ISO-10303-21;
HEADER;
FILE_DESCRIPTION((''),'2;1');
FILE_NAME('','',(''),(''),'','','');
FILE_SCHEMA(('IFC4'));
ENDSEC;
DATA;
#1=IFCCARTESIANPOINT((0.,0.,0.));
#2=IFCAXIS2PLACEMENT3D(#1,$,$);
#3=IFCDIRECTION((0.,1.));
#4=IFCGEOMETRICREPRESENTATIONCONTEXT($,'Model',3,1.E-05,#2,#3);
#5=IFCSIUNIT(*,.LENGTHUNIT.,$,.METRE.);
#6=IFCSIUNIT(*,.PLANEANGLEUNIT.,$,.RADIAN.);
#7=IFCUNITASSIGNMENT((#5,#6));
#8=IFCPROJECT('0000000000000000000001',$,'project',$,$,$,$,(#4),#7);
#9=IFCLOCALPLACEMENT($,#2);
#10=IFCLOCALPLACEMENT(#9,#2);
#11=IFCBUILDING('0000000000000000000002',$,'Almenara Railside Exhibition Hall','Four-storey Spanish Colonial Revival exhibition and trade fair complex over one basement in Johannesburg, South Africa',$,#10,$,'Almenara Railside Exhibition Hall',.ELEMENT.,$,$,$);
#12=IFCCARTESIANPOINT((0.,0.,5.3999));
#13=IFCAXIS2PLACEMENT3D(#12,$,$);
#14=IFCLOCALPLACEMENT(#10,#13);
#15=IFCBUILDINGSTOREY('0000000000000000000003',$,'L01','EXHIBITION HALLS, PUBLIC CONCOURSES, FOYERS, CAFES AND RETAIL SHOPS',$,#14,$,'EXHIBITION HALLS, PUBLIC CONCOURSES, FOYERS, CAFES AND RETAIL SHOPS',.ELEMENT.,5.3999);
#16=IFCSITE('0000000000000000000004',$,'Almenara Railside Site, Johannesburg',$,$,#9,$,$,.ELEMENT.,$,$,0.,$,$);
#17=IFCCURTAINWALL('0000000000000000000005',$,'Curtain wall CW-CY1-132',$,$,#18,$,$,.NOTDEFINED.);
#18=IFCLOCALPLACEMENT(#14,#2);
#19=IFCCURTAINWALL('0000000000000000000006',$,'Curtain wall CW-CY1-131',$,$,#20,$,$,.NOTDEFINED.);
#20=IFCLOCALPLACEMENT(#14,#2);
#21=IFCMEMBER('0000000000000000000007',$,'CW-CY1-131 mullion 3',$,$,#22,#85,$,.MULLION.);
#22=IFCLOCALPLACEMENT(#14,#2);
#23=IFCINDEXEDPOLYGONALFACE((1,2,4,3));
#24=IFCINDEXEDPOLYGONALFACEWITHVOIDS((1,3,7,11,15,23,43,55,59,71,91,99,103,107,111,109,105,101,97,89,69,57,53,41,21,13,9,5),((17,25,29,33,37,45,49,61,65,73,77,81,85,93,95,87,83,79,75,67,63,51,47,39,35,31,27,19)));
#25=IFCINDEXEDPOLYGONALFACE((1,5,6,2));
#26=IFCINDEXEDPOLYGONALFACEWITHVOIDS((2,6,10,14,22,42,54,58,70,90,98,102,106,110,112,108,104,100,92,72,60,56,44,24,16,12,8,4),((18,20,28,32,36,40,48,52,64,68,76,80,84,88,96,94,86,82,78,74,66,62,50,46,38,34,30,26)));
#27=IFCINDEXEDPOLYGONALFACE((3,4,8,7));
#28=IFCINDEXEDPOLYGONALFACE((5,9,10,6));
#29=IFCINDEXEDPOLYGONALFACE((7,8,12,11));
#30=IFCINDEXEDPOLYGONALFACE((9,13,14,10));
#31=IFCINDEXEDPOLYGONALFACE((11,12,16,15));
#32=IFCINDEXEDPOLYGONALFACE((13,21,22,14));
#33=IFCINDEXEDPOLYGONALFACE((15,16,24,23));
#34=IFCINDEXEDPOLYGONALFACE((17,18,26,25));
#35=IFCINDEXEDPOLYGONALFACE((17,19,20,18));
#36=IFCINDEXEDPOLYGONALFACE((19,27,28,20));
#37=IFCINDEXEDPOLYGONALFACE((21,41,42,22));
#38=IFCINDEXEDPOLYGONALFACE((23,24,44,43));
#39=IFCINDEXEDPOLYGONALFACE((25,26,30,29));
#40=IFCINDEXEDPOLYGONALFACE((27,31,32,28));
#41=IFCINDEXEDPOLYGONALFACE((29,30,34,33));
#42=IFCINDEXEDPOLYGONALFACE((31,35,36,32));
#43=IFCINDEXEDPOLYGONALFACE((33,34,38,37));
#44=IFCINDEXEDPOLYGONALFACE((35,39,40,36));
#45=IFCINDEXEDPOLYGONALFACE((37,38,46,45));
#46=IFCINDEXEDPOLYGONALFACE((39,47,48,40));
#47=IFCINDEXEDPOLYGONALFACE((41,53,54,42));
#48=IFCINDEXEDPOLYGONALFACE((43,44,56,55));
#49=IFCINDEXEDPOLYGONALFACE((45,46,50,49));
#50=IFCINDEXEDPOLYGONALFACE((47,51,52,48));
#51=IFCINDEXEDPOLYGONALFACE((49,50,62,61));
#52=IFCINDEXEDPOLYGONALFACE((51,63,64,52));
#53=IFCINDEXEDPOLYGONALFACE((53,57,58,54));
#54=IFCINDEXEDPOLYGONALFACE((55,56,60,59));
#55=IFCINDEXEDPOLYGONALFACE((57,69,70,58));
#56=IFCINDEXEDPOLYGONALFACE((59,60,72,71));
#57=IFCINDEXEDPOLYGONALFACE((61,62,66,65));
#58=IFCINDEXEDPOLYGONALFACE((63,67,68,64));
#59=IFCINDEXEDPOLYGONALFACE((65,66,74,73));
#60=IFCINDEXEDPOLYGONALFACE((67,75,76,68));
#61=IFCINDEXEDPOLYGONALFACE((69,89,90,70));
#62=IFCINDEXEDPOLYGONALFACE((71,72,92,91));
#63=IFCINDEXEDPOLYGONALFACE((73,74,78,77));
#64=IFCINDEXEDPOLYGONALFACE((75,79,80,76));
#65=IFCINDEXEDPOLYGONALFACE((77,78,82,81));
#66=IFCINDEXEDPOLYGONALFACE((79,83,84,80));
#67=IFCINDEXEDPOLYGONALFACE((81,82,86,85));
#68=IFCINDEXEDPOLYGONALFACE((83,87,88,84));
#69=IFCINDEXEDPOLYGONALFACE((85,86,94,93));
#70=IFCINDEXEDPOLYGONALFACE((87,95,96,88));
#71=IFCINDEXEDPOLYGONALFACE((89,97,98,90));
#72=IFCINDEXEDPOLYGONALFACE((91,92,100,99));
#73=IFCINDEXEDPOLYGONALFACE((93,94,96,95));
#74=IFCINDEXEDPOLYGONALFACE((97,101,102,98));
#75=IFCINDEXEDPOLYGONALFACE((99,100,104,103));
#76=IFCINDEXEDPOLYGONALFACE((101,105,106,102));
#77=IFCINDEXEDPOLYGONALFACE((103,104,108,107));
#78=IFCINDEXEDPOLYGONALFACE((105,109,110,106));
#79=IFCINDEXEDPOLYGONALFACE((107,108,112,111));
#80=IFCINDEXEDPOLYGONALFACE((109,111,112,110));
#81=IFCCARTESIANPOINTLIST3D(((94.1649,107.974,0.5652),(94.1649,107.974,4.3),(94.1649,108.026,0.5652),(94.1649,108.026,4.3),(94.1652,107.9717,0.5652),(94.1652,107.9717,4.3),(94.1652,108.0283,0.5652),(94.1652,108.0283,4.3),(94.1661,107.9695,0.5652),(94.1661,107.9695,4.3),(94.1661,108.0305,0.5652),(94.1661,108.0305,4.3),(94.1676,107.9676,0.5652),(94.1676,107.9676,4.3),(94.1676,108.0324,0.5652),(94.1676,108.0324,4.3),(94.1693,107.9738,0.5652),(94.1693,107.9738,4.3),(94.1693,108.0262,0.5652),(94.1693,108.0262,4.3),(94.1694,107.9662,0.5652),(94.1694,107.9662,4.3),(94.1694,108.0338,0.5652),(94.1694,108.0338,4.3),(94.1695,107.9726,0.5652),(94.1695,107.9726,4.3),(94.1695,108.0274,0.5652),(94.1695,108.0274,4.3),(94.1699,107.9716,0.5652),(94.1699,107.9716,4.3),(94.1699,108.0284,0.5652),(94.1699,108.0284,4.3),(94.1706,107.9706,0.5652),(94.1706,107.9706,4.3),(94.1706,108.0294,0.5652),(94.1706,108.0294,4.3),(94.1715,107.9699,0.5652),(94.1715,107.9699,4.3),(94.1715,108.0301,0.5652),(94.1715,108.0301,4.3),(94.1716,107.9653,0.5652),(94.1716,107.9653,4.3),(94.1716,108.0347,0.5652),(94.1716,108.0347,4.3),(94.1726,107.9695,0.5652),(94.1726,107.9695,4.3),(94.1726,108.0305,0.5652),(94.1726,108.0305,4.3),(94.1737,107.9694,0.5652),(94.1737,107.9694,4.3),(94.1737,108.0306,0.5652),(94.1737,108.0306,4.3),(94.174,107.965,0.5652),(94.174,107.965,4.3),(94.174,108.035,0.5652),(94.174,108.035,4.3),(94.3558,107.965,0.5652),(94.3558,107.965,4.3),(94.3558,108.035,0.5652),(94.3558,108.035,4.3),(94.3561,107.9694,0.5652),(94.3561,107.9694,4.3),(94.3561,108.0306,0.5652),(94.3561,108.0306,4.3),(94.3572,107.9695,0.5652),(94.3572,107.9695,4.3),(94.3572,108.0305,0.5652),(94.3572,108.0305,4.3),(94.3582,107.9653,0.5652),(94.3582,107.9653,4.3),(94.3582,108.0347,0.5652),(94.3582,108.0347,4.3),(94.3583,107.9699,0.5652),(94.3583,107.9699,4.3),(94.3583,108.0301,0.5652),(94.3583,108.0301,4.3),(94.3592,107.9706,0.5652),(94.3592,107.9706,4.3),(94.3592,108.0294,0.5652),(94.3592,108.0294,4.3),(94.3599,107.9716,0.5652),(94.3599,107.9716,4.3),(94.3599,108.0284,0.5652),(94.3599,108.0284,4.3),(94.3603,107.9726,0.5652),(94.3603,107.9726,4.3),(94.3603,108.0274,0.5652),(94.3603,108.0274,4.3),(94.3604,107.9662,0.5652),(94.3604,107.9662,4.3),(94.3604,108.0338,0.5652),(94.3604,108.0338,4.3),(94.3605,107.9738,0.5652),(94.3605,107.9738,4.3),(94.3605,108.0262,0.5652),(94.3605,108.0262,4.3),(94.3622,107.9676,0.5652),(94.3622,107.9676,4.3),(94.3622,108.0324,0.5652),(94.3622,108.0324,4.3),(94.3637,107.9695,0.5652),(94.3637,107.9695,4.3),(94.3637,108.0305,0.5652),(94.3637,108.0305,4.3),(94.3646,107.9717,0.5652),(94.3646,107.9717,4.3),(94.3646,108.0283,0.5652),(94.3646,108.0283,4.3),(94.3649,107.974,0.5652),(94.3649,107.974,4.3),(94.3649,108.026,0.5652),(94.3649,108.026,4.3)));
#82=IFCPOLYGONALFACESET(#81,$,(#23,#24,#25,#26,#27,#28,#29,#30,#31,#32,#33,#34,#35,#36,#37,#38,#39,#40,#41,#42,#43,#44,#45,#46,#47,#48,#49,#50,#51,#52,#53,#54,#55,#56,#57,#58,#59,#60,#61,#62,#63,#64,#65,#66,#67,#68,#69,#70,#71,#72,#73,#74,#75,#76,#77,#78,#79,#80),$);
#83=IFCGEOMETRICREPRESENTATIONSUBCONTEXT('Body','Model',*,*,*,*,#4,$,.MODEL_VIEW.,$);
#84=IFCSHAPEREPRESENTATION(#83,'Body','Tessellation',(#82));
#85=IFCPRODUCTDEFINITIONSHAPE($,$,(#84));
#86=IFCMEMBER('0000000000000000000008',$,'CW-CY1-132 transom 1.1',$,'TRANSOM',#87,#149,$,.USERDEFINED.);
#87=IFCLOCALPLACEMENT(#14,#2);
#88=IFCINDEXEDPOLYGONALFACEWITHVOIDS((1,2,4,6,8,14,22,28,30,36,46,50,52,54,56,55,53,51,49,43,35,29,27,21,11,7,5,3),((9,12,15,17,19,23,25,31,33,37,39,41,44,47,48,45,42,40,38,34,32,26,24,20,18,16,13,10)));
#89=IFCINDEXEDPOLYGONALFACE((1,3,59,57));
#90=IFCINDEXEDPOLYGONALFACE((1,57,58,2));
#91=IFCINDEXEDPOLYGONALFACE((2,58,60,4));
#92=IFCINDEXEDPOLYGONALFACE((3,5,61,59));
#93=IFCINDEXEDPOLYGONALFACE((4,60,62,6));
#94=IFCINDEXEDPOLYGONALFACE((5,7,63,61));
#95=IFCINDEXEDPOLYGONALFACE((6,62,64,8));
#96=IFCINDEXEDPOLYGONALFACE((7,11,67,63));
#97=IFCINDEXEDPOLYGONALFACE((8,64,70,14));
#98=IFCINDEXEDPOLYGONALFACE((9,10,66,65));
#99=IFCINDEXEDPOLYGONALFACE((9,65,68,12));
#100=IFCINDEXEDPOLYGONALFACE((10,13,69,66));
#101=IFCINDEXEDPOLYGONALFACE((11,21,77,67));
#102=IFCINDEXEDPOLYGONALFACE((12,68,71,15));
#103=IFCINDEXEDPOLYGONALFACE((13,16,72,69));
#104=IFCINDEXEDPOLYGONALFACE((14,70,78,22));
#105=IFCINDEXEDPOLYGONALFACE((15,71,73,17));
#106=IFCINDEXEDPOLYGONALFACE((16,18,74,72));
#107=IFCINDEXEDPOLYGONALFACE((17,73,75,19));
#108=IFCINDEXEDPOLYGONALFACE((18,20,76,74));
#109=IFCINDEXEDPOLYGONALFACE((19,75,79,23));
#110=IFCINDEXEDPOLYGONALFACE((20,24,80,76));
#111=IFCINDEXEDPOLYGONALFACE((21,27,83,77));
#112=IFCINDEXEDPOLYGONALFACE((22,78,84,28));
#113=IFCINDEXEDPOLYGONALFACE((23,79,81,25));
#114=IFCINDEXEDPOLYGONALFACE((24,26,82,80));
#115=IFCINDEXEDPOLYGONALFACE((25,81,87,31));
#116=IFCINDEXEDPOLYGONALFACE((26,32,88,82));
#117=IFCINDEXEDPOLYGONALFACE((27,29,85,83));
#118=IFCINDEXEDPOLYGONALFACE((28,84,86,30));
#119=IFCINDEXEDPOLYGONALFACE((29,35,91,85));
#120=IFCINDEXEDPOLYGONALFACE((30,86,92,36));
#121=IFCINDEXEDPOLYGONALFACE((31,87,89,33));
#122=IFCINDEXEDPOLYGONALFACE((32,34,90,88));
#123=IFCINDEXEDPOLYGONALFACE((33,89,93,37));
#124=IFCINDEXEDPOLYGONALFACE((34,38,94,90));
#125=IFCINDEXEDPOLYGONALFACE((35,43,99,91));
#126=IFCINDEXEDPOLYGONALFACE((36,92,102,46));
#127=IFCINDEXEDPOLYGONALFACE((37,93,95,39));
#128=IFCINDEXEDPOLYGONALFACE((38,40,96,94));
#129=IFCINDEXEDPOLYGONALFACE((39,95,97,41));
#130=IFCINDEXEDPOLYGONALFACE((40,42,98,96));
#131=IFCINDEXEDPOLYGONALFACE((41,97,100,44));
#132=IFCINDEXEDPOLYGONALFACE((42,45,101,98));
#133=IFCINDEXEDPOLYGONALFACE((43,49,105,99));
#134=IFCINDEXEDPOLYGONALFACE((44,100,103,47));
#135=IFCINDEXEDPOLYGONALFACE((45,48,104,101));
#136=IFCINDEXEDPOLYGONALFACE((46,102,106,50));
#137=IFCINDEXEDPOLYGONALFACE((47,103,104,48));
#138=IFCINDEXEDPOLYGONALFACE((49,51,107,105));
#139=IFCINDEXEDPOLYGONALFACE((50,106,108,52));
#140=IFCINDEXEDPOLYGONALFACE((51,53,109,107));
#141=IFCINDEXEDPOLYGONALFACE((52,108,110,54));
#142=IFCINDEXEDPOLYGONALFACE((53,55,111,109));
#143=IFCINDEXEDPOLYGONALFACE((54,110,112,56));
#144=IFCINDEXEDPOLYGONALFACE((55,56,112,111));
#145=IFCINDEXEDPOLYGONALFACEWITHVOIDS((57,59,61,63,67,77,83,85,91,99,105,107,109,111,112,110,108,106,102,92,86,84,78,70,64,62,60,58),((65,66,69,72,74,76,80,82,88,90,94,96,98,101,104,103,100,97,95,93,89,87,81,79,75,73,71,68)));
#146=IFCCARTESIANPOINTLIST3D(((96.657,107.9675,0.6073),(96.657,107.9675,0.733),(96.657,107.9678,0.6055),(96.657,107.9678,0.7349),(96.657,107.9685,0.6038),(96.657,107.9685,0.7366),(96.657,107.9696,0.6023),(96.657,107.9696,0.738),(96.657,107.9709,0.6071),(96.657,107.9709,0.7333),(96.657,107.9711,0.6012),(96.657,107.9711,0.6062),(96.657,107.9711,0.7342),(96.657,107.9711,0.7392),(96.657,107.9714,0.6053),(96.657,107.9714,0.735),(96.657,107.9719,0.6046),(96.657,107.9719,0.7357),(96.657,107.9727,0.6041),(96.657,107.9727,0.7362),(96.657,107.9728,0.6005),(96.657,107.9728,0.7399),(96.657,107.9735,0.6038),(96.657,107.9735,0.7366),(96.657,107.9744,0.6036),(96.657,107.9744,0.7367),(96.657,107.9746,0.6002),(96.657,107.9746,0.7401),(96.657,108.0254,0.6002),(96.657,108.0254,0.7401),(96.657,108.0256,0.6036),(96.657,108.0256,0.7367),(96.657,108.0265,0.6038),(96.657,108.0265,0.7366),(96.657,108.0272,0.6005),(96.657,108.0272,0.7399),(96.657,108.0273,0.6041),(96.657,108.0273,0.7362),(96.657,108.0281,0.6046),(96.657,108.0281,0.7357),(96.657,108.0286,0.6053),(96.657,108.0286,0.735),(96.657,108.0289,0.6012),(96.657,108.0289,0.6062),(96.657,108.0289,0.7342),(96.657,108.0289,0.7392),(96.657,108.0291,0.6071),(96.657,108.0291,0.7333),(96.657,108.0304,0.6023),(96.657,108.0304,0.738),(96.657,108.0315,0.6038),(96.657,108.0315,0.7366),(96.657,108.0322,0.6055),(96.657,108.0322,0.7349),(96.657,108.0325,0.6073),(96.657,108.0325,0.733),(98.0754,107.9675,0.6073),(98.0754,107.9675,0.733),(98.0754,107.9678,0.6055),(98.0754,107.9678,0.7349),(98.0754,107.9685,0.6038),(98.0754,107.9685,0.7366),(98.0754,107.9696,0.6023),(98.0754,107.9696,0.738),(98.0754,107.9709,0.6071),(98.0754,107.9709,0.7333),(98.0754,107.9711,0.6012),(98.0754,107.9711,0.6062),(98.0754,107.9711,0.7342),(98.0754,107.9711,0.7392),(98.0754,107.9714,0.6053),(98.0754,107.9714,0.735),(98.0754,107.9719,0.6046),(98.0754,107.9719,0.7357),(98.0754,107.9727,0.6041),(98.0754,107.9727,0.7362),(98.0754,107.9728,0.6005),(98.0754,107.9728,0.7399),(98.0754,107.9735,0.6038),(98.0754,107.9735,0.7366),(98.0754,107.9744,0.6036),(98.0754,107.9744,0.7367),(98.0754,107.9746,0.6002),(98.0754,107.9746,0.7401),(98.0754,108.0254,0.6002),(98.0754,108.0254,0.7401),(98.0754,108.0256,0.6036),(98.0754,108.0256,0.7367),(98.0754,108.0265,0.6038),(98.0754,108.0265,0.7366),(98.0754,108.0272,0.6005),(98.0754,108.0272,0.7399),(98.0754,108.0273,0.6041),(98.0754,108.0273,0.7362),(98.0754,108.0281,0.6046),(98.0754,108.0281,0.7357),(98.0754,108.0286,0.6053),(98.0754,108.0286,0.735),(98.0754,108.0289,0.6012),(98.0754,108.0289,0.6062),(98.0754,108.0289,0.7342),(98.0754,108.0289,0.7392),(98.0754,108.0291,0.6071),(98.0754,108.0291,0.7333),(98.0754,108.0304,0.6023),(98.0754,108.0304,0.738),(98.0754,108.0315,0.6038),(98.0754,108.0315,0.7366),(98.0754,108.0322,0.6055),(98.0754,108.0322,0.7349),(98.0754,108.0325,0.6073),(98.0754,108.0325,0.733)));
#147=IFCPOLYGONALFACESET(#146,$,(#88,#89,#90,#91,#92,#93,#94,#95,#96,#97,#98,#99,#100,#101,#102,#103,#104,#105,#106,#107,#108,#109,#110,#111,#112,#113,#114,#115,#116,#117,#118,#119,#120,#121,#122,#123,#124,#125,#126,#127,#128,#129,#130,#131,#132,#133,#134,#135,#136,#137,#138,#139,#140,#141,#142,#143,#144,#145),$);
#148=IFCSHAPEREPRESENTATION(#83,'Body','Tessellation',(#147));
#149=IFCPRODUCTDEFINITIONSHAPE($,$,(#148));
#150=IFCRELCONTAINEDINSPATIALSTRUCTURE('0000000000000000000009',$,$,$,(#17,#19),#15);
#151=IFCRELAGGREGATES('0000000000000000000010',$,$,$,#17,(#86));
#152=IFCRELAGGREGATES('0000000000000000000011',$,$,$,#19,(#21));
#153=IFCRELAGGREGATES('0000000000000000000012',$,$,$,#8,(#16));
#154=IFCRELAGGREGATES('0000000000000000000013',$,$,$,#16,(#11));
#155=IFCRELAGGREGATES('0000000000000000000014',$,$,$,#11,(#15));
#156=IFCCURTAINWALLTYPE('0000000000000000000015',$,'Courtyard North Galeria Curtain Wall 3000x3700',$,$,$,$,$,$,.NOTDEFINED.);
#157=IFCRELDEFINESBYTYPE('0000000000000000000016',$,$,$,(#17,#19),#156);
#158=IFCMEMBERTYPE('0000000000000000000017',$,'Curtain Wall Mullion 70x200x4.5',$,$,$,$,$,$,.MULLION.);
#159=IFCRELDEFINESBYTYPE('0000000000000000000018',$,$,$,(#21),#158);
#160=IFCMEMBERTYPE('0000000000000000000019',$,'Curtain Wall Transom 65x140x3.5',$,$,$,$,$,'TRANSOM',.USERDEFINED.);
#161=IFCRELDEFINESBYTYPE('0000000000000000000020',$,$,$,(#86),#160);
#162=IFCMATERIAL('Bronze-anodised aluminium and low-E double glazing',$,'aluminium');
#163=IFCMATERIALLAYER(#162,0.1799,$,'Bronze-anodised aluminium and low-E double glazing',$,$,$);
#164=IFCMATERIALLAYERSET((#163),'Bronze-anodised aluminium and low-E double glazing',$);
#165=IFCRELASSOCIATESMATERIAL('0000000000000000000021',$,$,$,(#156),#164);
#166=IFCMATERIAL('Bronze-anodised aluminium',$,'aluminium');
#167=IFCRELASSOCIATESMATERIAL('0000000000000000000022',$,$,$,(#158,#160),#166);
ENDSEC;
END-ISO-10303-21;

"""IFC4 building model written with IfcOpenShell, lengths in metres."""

from ifc_helpers import new_model, si_unit, direction, frame, origin, origin_2d, place, context, subcontext, project, spatial, hollow_rectangle, extrude, material, layer, layer_set, material_profile, profile_set, type_object, element, aggregate, save


model = new_model("IFC4")

# Units and contexts
model_context = context("Model", 3, precision=1e-05, world=origin(), true_north=direction((0.0, 1.0)))
body_context = subcontext(model_context, "Body", "Model", "MODEL_VIEW")
ifc_project = project(units=[si_unit("LENGTHUNIT", "METRE"), si_unit("PLANEANGLEUNIT", "RADIAN")], contexts=[model_context])

# Site, building, storey
site_placement = place(None, origin())
site = spatial("IfcSite", under=ifc_project, at=site_placement, Name="Almenara Railside Site, Johannesburg", CompositionType="ELEMENT", RefElevation=0.0)
building_placement = place(site_placement, origin())
building = spatial("IfcBuilding", under=site, at=building_placement, Name="Almenara Railside Exhibition Hall", Description="Four-storey Spanish Colonial Revival exhibition and trade fair complex over one basement in Johannesburg, South Africa", LongName="Almenara Railside Exhibition Hall", CompositionType="ELEMENT")
storey_placement = place(building_placement, frame((0.0, 0.0, 5.3999)))
storey = spatial("IfcBuildingStorey", under=building, at=storey_placement, Name="L01", Description="EXHIBITION HALLS, PUBLIC CONCOURSES, FOYERS, CAFES AND RETAIL SHOPS", LongName="EXHIBITION HALLS, PUBLIC CONCOURSES, FOYERS, CAFES AND RETAIL SHOPS", CompositionType="ELEMENT", Elevation=5.3999)

# Curtain wall
ifc_material_1 = material(Name="Bronze-anodised aluminium and low-E double glazing", Category="aluminium")
ifc_layer_1 = layer(ifc_material_1, 0.1799, Name="Bronze-anodised aluminium and low-E double glazing")
ifc_layer_set_1 = layer_set([ifc_layer_1], Name="Bronze-anodised aluminium and low-E double glazing")
curtain_wall_type = type_object("IfcCurtainWallType", Name="Courtyard North Galeria Curtain Wall 3000x3700", PredefinedType="NOTDEFINED", material=ifc_layer_set_1)
curtain_wall_1_placement = place(storey_placement, origin())
curtain_wall_1 = element("IfcCurtainWall", 1, at=curtain_wall_1_placement, inside=storey, type_object=curtain_wall_type, Name="Curtain wall CW-CY1-132", PredefinedType="NOTDEFINED")
ifc_material_2 = material(Name="Bronze-anodised aluminium", Category="aluminium")

# Curtain wall, member
curtain_wall_2_placement = place(storey_placement, origin())
curtain_wall_2 = element("IfcCurtainWall", 2, at=curtain_wall_2_placement, inside=storey, type_object=curtain_wall_type, Name="Curtain wall CW-CY1-131", PredefinedType="NOTDEFINED")
ifc_material_profile_1 = material_profile(ifc_material_2, hollow_rectangle(XDim=0.0701, YDim=0.2, WallThickness=0.0044, InnerFilletRadius=0.0044, OuterFilletRadius=0.009, at=origin_2d()), Name="ALU-MUL 70x200x4.5")
ifc_profile_set_1 = profile_set([ifc_material_profile_1], Name="Bronze-anodised aluminium")
member_type_1 = type_object("IfcMemberType", Name="Curtain Wall Mullion 70x200x4.5", PredefinedType="MULLION", material=ifc_profile_set_1)
member_1_placement = place(storey_placement, frame((94.2649, 108.0, 0.5652), z_axis=(0.0, 0.0, 1.0), x_axis=(0.0, 1.0, 0.0)))
member_1 = element("IfcMember", 3, at=member_1_placement, type_object=member_type_1, Name="CW-CY1-131 mullion 3", PredefinedType="MULLION", context=body_context, shape_type="SweptSolid", body=[
    extrude(hollow_rectangle(XDim=0.0701, YDim=0.2, WallThickness=0.0044, InnerFilletRadius=0.0044, OuterFilletRadius=0.009, at=origin_2d()), origin(), (0.0, 0.0, 1.0), 3.7349),
])

# Member
ifc_material_profile_2 = material_profile(ifc_material_2, hollow_rectangle(XDim=0.0649, YDim=0.1399, WallThickness=0.0034, InnerFilletRadius=0.0034, OuterFilletRadius=0.0071, at=origin_2d()), Name="ALU-TRN 65x140x3.5")
ifc_profile_set_2 = profile_set([ifc_material_profile_2], Name="Bronze-anodised aluminium")
member_type_2 = type_object("IfcMemberType", Name="Curtain Wall Transom 65x140x3.5", ElementType="TRANSOM", PredefinedType="USERDEFINED", material=ifc_profile_set_2)
member_2_placement = place(storey_placement, frame((96.657, 108.0, 0.6702), z_axis=(1.0, 0.0, 0.0), x_axis=(0.0, 1.0, 0.0)))
member_2 = element("IfcMember", 4, at=member_2_placement, type_object=member_type_2, Name="CW-CY1-132 transom 1.1", ObjectType="TRANSOM", PredefinedType="USERDEFINED", context=body_context, shape_type="SweptSolid", body=[
    extrude(hollow_rectangle(XDim=0.0649, YDim=0.1399, WallThickness=0.0034, InnerFilletRadius=0.0034, OuterFilletRadius=0.0071, at=origin_2d()), origin(), (0.0, 0.0, 1.0), 1.4185),
])

aggregate(curtain_wall_1, [member_2])
aggregate(curtain_wall_2, [member_1])

save(model, "model.ifc")
